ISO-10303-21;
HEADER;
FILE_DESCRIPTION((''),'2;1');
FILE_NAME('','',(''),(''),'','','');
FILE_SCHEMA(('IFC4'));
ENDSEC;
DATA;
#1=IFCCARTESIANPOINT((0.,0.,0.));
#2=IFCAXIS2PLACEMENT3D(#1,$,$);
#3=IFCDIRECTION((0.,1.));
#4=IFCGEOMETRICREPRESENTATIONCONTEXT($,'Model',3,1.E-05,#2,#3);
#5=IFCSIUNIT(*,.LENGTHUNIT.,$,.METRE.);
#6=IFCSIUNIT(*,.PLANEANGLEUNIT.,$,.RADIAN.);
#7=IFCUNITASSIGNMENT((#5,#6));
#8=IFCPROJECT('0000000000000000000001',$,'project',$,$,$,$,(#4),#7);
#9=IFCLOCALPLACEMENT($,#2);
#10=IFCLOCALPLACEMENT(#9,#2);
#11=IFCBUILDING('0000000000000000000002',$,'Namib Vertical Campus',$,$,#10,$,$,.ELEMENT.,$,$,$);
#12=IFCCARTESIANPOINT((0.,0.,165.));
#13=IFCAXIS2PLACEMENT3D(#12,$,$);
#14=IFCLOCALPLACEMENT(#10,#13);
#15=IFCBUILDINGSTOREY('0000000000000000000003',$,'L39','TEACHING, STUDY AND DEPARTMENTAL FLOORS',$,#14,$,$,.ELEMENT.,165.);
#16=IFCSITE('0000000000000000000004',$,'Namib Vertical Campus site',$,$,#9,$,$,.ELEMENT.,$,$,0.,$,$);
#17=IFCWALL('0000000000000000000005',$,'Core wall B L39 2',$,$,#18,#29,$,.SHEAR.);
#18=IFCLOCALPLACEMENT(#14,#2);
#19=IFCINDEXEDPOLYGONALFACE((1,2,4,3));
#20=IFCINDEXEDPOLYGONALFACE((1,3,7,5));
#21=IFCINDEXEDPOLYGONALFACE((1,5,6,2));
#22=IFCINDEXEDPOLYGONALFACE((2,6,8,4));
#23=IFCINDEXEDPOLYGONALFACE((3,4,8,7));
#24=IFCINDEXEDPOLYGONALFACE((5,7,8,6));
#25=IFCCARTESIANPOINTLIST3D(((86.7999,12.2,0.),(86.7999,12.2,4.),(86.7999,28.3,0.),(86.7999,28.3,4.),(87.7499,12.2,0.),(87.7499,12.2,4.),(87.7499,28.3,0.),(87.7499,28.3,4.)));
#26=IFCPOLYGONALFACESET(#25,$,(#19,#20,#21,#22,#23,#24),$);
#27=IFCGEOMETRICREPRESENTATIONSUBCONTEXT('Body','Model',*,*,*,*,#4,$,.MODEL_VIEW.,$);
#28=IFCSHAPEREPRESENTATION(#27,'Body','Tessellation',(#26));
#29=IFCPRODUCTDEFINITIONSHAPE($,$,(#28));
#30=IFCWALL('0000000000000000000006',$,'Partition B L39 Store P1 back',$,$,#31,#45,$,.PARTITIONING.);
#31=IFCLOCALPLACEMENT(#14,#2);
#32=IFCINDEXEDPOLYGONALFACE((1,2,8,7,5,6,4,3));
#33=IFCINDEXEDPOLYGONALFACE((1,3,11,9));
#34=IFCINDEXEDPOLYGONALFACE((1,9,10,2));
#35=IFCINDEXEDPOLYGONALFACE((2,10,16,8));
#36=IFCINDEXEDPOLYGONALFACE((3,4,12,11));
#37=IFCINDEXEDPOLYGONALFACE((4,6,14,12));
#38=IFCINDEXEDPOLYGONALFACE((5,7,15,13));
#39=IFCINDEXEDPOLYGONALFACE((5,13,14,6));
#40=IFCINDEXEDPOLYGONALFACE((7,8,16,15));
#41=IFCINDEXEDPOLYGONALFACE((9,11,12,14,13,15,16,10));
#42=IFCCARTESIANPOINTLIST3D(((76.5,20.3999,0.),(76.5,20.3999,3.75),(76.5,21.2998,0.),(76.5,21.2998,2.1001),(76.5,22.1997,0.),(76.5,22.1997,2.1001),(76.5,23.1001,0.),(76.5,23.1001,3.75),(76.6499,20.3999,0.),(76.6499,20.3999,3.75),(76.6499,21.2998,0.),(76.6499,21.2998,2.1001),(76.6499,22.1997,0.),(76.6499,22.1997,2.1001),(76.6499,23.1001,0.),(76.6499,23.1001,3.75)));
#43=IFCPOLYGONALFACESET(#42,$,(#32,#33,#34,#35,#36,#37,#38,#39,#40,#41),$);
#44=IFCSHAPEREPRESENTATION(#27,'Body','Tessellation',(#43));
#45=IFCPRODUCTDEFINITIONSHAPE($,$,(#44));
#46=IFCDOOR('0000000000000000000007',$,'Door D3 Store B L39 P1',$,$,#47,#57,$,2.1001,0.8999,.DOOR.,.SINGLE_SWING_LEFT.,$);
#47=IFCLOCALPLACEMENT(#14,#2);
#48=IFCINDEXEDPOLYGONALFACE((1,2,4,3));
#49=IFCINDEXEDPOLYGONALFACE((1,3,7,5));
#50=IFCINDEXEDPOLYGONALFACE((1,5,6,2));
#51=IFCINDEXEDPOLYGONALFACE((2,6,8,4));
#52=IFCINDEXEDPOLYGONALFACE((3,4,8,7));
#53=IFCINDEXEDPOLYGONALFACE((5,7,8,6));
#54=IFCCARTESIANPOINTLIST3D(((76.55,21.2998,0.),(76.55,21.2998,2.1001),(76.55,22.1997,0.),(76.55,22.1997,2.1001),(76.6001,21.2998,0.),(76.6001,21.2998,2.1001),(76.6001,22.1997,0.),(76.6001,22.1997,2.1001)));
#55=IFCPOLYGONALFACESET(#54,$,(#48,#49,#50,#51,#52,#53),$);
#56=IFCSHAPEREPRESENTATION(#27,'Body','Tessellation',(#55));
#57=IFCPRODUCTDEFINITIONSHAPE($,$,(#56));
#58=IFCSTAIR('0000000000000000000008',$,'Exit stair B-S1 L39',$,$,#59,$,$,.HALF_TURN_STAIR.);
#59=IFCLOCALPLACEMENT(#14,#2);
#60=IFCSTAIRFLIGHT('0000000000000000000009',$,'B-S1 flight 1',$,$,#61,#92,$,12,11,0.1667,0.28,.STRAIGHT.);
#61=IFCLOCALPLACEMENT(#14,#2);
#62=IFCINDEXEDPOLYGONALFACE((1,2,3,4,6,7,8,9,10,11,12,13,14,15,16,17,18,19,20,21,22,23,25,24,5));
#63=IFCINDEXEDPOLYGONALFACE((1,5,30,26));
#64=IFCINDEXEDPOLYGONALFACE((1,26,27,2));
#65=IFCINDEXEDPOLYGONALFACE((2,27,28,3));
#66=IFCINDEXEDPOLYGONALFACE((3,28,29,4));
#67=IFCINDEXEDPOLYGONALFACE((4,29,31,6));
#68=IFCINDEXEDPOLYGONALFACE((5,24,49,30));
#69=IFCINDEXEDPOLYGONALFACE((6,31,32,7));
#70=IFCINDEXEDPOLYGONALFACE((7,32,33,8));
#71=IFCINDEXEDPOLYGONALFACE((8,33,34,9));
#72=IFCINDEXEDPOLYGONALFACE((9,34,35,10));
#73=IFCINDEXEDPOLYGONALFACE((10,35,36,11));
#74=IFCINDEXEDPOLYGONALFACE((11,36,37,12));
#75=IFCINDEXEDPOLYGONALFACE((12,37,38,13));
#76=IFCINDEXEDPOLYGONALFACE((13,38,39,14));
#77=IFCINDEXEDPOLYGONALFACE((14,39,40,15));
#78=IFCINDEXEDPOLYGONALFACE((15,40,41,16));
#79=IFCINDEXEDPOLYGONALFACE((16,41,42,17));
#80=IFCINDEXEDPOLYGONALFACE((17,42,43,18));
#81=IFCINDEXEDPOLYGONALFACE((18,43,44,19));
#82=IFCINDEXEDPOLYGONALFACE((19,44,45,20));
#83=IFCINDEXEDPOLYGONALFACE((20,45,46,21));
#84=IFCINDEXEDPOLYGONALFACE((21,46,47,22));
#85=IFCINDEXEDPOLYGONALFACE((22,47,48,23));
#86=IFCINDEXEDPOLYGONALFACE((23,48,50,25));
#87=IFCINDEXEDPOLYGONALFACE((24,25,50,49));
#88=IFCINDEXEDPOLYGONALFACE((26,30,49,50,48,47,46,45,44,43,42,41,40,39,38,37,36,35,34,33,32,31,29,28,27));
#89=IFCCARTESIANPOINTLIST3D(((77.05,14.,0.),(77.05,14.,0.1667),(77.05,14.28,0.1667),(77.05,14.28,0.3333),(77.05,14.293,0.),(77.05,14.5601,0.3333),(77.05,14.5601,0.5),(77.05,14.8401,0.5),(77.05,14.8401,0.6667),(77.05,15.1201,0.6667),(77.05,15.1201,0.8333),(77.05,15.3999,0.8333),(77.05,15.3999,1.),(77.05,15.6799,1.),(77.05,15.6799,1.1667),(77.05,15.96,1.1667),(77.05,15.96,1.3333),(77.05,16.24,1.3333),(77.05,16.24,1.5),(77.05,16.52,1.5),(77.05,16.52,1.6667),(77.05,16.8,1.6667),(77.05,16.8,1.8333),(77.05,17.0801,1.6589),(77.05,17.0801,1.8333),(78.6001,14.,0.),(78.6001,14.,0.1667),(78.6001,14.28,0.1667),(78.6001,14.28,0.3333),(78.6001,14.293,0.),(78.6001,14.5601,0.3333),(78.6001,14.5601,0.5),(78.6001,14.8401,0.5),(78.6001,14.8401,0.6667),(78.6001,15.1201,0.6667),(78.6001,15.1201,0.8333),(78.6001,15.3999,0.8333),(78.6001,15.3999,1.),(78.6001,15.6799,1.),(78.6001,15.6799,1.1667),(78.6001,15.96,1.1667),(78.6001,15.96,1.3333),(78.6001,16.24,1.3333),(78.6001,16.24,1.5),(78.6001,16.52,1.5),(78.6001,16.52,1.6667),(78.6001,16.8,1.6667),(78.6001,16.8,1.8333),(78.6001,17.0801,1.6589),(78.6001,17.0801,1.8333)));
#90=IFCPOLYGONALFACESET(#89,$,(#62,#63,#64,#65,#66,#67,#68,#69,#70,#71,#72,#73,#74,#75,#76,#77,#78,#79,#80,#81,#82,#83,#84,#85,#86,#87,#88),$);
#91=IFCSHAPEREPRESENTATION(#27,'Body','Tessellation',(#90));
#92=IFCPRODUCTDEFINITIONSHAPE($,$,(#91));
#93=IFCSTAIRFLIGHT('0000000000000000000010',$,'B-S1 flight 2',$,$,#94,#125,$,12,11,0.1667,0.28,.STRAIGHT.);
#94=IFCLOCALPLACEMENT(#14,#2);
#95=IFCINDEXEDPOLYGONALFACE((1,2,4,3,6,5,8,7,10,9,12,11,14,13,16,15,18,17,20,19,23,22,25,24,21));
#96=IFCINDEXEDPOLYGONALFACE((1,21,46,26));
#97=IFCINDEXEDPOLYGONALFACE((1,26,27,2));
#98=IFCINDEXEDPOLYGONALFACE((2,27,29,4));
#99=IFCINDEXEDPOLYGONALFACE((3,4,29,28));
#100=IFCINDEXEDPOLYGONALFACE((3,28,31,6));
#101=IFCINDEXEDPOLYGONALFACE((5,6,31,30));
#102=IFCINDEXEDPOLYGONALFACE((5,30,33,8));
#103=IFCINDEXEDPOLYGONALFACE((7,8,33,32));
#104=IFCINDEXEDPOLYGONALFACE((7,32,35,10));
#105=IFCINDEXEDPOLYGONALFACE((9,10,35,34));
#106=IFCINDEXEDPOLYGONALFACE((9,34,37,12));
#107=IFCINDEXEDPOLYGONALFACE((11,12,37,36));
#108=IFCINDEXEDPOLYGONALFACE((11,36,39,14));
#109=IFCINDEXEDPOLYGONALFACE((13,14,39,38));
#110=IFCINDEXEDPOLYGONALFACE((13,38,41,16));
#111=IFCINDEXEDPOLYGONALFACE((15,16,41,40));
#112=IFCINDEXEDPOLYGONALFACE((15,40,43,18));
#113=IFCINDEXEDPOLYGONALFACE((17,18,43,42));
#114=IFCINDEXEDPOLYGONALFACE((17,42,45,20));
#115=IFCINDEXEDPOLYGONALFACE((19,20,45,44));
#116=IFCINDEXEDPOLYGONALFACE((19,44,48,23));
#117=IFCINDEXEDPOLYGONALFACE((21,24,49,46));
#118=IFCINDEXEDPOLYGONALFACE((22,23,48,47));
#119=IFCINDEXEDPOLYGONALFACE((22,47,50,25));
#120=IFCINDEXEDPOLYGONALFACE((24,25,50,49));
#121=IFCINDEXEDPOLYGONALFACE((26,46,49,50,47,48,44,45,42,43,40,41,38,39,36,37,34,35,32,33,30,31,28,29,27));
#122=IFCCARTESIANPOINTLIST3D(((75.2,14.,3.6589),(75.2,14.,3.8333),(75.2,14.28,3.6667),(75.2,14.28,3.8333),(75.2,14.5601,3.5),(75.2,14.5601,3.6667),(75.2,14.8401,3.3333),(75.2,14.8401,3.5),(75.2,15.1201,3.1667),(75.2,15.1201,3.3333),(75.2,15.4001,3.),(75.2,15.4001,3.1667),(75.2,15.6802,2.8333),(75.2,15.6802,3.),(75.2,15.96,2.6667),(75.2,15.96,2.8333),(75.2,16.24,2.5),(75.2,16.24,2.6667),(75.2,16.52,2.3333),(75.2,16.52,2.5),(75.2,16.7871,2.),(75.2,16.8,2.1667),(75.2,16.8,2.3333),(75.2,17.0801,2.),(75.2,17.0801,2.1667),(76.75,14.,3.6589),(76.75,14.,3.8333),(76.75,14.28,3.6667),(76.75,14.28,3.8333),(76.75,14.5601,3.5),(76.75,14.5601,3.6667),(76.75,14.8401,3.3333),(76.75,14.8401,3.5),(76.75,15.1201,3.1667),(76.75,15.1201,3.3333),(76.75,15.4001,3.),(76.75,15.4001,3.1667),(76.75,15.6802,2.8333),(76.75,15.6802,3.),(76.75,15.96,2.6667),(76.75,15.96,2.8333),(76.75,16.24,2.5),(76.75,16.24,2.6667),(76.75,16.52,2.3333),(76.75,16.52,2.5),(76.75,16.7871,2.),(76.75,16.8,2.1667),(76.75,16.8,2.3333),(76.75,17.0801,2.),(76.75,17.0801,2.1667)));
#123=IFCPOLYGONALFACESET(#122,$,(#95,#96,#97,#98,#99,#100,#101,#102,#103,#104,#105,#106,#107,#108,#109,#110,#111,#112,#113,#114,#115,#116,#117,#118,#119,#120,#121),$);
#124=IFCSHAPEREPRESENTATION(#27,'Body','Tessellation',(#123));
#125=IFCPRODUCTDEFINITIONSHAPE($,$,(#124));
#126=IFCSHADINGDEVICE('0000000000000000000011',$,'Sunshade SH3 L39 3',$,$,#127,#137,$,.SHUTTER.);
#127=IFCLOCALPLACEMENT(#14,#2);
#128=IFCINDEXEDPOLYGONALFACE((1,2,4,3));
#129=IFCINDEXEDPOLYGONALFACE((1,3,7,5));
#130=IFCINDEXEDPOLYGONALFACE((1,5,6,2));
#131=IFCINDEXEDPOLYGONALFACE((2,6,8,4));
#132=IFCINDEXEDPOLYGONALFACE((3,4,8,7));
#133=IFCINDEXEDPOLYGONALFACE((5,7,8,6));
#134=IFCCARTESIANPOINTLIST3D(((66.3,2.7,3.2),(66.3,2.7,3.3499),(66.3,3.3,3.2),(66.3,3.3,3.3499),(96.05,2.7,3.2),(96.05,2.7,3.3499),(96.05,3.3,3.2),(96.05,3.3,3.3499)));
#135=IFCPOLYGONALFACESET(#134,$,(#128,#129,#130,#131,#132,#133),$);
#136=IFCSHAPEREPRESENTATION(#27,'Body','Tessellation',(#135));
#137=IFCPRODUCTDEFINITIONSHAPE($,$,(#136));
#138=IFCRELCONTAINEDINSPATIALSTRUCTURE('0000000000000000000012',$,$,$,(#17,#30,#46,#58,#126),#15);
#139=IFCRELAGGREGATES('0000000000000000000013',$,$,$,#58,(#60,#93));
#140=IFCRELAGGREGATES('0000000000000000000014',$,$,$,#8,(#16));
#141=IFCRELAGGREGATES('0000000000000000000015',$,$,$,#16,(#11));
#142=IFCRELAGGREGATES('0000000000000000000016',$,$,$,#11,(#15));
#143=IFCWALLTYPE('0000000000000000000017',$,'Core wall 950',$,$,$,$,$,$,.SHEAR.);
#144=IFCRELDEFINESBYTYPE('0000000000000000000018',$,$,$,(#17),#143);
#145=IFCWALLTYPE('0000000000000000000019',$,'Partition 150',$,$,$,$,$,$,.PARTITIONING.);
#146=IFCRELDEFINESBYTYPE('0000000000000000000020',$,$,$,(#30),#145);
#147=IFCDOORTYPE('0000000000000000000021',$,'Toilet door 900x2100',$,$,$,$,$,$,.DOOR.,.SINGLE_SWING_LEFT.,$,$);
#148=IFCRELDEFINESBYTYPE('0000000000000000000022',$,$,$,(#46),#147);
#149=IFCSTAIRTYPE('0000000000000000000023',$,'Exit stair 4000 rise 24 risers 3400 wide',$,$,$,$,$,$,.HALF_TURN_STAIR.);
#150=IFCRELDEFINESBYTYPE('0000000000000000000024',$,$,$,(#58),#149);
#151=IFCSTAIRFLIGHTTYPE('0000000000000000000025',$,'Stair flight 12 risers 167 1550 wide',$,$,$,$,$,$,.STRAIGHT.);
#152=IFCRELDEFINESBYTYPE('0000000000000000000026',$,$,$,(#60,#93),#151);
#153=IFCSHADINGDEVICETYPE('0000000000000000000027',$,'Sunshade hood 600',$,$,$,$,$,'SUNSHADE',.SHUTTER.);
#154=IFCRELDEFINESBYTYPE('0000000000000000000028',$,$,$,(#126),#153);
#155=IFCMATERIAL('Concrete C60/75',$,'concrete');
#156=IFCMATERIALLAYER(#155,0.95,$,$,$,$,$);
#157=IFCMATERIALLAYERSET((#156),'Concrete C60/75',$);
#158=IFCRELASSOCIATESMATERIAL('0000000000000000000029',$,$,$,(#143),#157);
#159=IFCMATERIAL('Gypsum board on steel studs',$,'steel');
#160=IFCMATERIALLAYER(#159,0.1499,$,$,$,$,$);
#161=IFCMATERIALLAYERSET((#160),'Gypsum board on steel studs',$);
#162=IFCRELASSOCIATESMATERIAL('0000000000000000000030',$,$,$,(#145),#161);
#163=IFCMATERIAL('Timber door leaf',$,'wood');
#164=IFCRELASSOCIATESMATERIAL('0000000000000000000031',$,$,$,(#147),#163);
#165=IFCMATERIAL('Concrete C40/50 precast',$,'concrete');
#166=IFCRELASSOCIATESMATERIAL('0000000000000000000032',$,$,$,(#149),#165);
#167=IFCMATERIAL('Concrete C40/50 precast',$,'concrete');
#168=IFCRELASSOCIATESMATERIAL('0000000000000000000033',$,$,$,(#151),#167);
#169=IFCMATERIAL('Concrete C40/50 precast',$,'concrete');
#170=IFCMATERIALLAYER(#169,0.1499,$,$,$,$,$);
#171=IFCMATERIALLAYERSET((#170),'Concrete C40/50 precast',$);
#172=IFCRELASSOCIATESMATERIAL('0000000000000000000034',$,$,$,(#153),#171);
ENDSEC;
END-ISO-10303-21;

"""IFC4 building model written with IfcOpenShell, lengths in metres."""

from ifc_helpers import new_model, si_unit, direction, frame, frame_2d, origin, origin_2d, place, context, subcontext, project, spatial, polyline, rectangle, outline, extrude, material, layer, layer_set, type_object, element, fill, aggregate, save


model = new_model("IFC4")

# Units and contexts
model_context = context("Model", 3, precision=1e-05, world=origin(), true_north=direction((0.0, 1.0)))
body_context = subcontext(model_context, "Body", "Model", "MODEL_VIEW")
ifc_project = project(units=[si_unit("LENGTHUNIT", "METRE"), si_unit("PLANEANGLEUNIT", "RADIAN")], contexts=[model_context])

# Site, building, storey
site_placement = place(None, origin())
site = spatial("IfcSite", under=ifc_project, at=site_placement, Name="Namib Vertical Campus site", CompositionType="ELEMENT", RefElevation=0.0)
building_placement = place(site_placement, origin())
building = spatial("IfcBuilding", under=site, at=building_placement, Name="Namib Vertical Campus", CompositionType="ELEMENT")
storey_placement = place(building_placement, frame((0.0, 0.0, 165.0)))
storey = spatial("IfcBuildingStorey", under=building, at=storey_placement, Name="L39", Description="TEACHING, STUDY AND DEPARTMENTAL FLOORS", CompositionType="ELEMENT", Elevation=165.0)

# Wall
ifc_material_1 = material(Name="Concrete C60/75", Category="concrete")
ifc_layer_1 = layer(ifc_material_1, 0.95)
ifc_layer_set_1 = layer_set([ifc_layer_1], Name="Concrete C60/75")
wall_type_1 = type_object("IfcWallType", Name="Core wall 950", PredefinedType="SHEAR", material=ifc_layer_set_1)
wall_1_placement = place(storey_placement, frame((87.2749, 12.2, 0.0), z_axis=(0.0, 0.0, 1.0), x_axis=(0.0, 1.0, 0.0)))
element("IfcWall", 1, at=wall_1_placement, inside=storey, type_object=wall_type_1, Name="Core wall B L39 2", PredefinedType="SHEAR", context=body_context, shape_type="SweptSolid", body=[
    extrude(rectangle(XDim=16.1001, YDim=0.95, at=frame_2d((8.05, 0.0))), origin(), (0.0, 0.0, 1.0), 4.0),
])

# Wall, opening, door
ifc_material_2 = material(Name="Gypsum board on steel studs", Category="steel")
ifc_layer_2 = layer(ifc_material_2, 0.1499)
ifc_layer_set_2 = layer_set([ifc_layer_2], Name="Gypsum board on steel studs")
wall_type_2 = type_object("IfcWallType", Name="Partition 150", PredefinedType="PARTITIONING", material=ifc_layer_set_2)
wall_2_placement = place(storey_placement, frame((76.575, 20.3999, 0.0), z_axis=(0.0, 0.0, 1.0), x_axis=(0.0, 1.0, 0.0)))
wall_2 = element("IfcWall", 2, at=wall_2_placement, inside=storey, type_object=wall_type_2, Name="Partition B L39 Store P1 back", PredefinedType="PARTITIONING", context=body_context, shape_type="SweptSolid", body=[
    extrude(rectangle(XDim=2.7002, YDim=0.1499, at=frame_2d((1.3501, 0.0))), origin(), (0.0, 0.0, 1.0), 3.75),
])
opening_1_placement = place(wall_2_placement, frame((0.8999, 0.0, 0.0)))
opening_1 = element("IfcOpeningElement", 3, at=opening_1_placement, cuts=wall_2, PredefinedType="OPENING", context=body_context, shape_type="SweptSolid", body=[
    extrude(rectangle(XDim=0.8999, YDim=2.1001, at=frame_2d((0.45, 1.05))), frame((0.0, 0.085, 0.0), z_axis=(0.0, -1.0, 0.0), x_axis=(1.0, 0.0, 0.0)), (0.0, 0.0, 1.0), 0.1699),
])
ifc_material_3 = material(Name="Timber door leaf", Category="wood")
door_type_1 = type_object("IfcDoorType", Name="Toilet door 900x2100", OperationType="SINGLE_SWING_LEFT", PredefinedType="DOOR", material=ifc_material_3)
door_1_placement = place(opening_1_placement, origin())
door_1 = element("IfcDoor", 4, at=door_1_placement, inside=storey, type_object=door_type_1, Name="Door D3 Store B L39 P1", OperationType="SINGLE_SWING_LEFT", OverallHeight=2.1001, OverallWidth=0.8999, PredefinedType="DOOR", context=body_context, shape_type="SweptSolid", body=[
    extrude(rectangle(XDim=0.8999, YDim=2.1001, at=frame_2d((0.45, 1.05))), frame((0.0, 0.0249, 0.0), z_axis=(0.0, -1.0, 0.0), x_axis=(1.0, 0.0, 0.0)), (0.0, 0.0, 1.0), 0.05),
])
fill(opening_1, door_1)

# Stair, stair flights
ifc_material_4 = material(Name="Concrete C40/50 precast", Category="concrete")
stair_type = type_object("IfcStairType", Name="Exit stair 4000 rise 24 risers 3400 wide", PredefinedType="HALF_TURN_STAIR", material=ifc_material_4)
stair_placement = place(storey_placement, origin())
stair = element("IfcStair", 5, at=stair_placement, inside=storey, type_object=stair_type, Name="Exit stair B-S1 L39", PredefinedType="HALF_TURN_STAIR")
ifc_material_5 = material(Name="Concrete C40/50 precast", Category="concrete")
stair_flight_type = type_object("IfcStairFlightType", Name="Stair flight 12 risers 167 1550 wide", PredefinedType="STRAIGHT", material=ifc_material_5)
stair_flight_1_placement = place(storey_placement, frame((77.825, 14.0, 0.0), z_axis=(0.0, 0.0, 1.0), x_axis=(0.0, 1.0, 0.0)))
stair_flight_1 = element("IfcStairFlight", 6, at=stair_flight_1_placement, type_object=stair_flight_type, Name="B-S1 flight 1", NumberOfRisers=12, NumberOfTreads=11, PredefinedType="STRAIGHT", RiserHeight=0.1667, TreadLength=0.28, context=body_context, shape_type="SweptSolid", body=[
    extrude(outline(polyline([(0.0, 0.0), (0.0, 0.1667), (0.28, 0.1667), (0.28, 0.3333), (0.5601, 0.3333), (0.5601, 0.5), (0.8401, 0.5), (0.8401, 0.6667), (1.1201, 0.6667), (1.1201, 0.8333), (1.3999, 0.8333), (1.3999, 1.0), (1.6799, 1.0), (1.6799, 1.1667), (1.96, 1.1667), (1.96, 1.3333), (2.24, 1.3333), (2.24, 1.5), (2.52, 1.5), (2.52, 1.6667), (2.8, 1.6667), (2.8, 1.8333), (3.0801, 1.8333), (3.0801, 2.0), (3.0801, 1.6589), (0.293, 0.0), (0.0, 0.0)])), frame((0.0, 0.7749, 0.0), z_axis=(0.0, -1.0, 0.0), x_axis=(1.0, 0.0, 0.0)), (0.0, 0.0, 1.0), 1.55),
])
stair_flight_2_placement = place(storey_placement, frame((75.9751, 17.0801, 2.0), z_axis=(0.0, 0.0, 1.0), x_axis=(0.0, -1.0, 0.0)))
stair_flight_2 = element("IfcStairFlight", 7, at=stair_flight_2_placement, type_object=stair_flight_type, Name="B-S1 flight 2", NumberOfRisers=12, NumberOfTreads=11, PredefinedType="STRAIGHT", RiserHeight=0.1667, TreadLength=0.28, context=body_context, shape_type="SweptSolid", body=[
    extrude(outline(polyline([(0.0, 0.0), (0.0, 0.1667), (0.28, 0.1667), (0.28, 0.3333), (0.5601, 0.3333), (0.5601, 0.5), (0.8401, 0.5), (0.8401, 0.6667), (1.1201, 0.6667), (1.1201, 0.8333), (1.3999, 0.8333), (1.3999, 1.0), (1.6799, 1.0), (1.6799, 1.1667), (1.96, 1.1667), (1.96, 1.3333), (2.24, 1.3333), (2.24, 1.5), (2.52, 1.5), (2.52, 1.6667), (2.8, 1.6667), (2.8, 1.8333), (3.0801, 1.8333), (3.0801, 2.0), (3.0801, 1.6589), (0.293, 0.0), (0.0, 0.0)])), frame((0.0, 0.7749, 0.0), z_axis=(0.0, -1.0, 0.0), x_axis=(1.0, 0.0, 0.0)), (0.0, 0.0, 1.0), 1.55),
])
aggregate(stair, [stair_flight_1, stair_flight_2])

# Shading device
ifc_material_6 = material(Name="Concrete C40/50 precast", Category="concrete")
ifc_layer_3 = layer(ifc_material_6, 0.1499)
ifc_layer_set_3 = layer_set([ifc_layer_3], Name="Concrete C40/50 precast")
shading_device_type = type_object("IfcShadingDeviceType", Name="Sunshade hood 600", ElementType="SUNSHADE", PredefinedType="SHUTTER", material=ifc_layer_set_3)
shading_device_placement = place(storey_placement, frame((81.175, 3.0, 3.2), z_axis=(0.0, 0.0, 1.0), x_axis=(1.0, 0.0, 0.0)))
element("IfcShadingDevice", 8, at=shading_device_placement, inside=storey, type_object=shading_device_type, Name="Sunshade SH3 L39 3", PredefinedType="SHUTTER", context=body_context, shape_type="SweptSolid", body=[
    extrude(rectangle(XDim=29.75, YDim=0.6001, at=origin_2d()), origin(), (0.0, 0.0, 1.0), 0.1499),
])

save(model, "model.ifc")
